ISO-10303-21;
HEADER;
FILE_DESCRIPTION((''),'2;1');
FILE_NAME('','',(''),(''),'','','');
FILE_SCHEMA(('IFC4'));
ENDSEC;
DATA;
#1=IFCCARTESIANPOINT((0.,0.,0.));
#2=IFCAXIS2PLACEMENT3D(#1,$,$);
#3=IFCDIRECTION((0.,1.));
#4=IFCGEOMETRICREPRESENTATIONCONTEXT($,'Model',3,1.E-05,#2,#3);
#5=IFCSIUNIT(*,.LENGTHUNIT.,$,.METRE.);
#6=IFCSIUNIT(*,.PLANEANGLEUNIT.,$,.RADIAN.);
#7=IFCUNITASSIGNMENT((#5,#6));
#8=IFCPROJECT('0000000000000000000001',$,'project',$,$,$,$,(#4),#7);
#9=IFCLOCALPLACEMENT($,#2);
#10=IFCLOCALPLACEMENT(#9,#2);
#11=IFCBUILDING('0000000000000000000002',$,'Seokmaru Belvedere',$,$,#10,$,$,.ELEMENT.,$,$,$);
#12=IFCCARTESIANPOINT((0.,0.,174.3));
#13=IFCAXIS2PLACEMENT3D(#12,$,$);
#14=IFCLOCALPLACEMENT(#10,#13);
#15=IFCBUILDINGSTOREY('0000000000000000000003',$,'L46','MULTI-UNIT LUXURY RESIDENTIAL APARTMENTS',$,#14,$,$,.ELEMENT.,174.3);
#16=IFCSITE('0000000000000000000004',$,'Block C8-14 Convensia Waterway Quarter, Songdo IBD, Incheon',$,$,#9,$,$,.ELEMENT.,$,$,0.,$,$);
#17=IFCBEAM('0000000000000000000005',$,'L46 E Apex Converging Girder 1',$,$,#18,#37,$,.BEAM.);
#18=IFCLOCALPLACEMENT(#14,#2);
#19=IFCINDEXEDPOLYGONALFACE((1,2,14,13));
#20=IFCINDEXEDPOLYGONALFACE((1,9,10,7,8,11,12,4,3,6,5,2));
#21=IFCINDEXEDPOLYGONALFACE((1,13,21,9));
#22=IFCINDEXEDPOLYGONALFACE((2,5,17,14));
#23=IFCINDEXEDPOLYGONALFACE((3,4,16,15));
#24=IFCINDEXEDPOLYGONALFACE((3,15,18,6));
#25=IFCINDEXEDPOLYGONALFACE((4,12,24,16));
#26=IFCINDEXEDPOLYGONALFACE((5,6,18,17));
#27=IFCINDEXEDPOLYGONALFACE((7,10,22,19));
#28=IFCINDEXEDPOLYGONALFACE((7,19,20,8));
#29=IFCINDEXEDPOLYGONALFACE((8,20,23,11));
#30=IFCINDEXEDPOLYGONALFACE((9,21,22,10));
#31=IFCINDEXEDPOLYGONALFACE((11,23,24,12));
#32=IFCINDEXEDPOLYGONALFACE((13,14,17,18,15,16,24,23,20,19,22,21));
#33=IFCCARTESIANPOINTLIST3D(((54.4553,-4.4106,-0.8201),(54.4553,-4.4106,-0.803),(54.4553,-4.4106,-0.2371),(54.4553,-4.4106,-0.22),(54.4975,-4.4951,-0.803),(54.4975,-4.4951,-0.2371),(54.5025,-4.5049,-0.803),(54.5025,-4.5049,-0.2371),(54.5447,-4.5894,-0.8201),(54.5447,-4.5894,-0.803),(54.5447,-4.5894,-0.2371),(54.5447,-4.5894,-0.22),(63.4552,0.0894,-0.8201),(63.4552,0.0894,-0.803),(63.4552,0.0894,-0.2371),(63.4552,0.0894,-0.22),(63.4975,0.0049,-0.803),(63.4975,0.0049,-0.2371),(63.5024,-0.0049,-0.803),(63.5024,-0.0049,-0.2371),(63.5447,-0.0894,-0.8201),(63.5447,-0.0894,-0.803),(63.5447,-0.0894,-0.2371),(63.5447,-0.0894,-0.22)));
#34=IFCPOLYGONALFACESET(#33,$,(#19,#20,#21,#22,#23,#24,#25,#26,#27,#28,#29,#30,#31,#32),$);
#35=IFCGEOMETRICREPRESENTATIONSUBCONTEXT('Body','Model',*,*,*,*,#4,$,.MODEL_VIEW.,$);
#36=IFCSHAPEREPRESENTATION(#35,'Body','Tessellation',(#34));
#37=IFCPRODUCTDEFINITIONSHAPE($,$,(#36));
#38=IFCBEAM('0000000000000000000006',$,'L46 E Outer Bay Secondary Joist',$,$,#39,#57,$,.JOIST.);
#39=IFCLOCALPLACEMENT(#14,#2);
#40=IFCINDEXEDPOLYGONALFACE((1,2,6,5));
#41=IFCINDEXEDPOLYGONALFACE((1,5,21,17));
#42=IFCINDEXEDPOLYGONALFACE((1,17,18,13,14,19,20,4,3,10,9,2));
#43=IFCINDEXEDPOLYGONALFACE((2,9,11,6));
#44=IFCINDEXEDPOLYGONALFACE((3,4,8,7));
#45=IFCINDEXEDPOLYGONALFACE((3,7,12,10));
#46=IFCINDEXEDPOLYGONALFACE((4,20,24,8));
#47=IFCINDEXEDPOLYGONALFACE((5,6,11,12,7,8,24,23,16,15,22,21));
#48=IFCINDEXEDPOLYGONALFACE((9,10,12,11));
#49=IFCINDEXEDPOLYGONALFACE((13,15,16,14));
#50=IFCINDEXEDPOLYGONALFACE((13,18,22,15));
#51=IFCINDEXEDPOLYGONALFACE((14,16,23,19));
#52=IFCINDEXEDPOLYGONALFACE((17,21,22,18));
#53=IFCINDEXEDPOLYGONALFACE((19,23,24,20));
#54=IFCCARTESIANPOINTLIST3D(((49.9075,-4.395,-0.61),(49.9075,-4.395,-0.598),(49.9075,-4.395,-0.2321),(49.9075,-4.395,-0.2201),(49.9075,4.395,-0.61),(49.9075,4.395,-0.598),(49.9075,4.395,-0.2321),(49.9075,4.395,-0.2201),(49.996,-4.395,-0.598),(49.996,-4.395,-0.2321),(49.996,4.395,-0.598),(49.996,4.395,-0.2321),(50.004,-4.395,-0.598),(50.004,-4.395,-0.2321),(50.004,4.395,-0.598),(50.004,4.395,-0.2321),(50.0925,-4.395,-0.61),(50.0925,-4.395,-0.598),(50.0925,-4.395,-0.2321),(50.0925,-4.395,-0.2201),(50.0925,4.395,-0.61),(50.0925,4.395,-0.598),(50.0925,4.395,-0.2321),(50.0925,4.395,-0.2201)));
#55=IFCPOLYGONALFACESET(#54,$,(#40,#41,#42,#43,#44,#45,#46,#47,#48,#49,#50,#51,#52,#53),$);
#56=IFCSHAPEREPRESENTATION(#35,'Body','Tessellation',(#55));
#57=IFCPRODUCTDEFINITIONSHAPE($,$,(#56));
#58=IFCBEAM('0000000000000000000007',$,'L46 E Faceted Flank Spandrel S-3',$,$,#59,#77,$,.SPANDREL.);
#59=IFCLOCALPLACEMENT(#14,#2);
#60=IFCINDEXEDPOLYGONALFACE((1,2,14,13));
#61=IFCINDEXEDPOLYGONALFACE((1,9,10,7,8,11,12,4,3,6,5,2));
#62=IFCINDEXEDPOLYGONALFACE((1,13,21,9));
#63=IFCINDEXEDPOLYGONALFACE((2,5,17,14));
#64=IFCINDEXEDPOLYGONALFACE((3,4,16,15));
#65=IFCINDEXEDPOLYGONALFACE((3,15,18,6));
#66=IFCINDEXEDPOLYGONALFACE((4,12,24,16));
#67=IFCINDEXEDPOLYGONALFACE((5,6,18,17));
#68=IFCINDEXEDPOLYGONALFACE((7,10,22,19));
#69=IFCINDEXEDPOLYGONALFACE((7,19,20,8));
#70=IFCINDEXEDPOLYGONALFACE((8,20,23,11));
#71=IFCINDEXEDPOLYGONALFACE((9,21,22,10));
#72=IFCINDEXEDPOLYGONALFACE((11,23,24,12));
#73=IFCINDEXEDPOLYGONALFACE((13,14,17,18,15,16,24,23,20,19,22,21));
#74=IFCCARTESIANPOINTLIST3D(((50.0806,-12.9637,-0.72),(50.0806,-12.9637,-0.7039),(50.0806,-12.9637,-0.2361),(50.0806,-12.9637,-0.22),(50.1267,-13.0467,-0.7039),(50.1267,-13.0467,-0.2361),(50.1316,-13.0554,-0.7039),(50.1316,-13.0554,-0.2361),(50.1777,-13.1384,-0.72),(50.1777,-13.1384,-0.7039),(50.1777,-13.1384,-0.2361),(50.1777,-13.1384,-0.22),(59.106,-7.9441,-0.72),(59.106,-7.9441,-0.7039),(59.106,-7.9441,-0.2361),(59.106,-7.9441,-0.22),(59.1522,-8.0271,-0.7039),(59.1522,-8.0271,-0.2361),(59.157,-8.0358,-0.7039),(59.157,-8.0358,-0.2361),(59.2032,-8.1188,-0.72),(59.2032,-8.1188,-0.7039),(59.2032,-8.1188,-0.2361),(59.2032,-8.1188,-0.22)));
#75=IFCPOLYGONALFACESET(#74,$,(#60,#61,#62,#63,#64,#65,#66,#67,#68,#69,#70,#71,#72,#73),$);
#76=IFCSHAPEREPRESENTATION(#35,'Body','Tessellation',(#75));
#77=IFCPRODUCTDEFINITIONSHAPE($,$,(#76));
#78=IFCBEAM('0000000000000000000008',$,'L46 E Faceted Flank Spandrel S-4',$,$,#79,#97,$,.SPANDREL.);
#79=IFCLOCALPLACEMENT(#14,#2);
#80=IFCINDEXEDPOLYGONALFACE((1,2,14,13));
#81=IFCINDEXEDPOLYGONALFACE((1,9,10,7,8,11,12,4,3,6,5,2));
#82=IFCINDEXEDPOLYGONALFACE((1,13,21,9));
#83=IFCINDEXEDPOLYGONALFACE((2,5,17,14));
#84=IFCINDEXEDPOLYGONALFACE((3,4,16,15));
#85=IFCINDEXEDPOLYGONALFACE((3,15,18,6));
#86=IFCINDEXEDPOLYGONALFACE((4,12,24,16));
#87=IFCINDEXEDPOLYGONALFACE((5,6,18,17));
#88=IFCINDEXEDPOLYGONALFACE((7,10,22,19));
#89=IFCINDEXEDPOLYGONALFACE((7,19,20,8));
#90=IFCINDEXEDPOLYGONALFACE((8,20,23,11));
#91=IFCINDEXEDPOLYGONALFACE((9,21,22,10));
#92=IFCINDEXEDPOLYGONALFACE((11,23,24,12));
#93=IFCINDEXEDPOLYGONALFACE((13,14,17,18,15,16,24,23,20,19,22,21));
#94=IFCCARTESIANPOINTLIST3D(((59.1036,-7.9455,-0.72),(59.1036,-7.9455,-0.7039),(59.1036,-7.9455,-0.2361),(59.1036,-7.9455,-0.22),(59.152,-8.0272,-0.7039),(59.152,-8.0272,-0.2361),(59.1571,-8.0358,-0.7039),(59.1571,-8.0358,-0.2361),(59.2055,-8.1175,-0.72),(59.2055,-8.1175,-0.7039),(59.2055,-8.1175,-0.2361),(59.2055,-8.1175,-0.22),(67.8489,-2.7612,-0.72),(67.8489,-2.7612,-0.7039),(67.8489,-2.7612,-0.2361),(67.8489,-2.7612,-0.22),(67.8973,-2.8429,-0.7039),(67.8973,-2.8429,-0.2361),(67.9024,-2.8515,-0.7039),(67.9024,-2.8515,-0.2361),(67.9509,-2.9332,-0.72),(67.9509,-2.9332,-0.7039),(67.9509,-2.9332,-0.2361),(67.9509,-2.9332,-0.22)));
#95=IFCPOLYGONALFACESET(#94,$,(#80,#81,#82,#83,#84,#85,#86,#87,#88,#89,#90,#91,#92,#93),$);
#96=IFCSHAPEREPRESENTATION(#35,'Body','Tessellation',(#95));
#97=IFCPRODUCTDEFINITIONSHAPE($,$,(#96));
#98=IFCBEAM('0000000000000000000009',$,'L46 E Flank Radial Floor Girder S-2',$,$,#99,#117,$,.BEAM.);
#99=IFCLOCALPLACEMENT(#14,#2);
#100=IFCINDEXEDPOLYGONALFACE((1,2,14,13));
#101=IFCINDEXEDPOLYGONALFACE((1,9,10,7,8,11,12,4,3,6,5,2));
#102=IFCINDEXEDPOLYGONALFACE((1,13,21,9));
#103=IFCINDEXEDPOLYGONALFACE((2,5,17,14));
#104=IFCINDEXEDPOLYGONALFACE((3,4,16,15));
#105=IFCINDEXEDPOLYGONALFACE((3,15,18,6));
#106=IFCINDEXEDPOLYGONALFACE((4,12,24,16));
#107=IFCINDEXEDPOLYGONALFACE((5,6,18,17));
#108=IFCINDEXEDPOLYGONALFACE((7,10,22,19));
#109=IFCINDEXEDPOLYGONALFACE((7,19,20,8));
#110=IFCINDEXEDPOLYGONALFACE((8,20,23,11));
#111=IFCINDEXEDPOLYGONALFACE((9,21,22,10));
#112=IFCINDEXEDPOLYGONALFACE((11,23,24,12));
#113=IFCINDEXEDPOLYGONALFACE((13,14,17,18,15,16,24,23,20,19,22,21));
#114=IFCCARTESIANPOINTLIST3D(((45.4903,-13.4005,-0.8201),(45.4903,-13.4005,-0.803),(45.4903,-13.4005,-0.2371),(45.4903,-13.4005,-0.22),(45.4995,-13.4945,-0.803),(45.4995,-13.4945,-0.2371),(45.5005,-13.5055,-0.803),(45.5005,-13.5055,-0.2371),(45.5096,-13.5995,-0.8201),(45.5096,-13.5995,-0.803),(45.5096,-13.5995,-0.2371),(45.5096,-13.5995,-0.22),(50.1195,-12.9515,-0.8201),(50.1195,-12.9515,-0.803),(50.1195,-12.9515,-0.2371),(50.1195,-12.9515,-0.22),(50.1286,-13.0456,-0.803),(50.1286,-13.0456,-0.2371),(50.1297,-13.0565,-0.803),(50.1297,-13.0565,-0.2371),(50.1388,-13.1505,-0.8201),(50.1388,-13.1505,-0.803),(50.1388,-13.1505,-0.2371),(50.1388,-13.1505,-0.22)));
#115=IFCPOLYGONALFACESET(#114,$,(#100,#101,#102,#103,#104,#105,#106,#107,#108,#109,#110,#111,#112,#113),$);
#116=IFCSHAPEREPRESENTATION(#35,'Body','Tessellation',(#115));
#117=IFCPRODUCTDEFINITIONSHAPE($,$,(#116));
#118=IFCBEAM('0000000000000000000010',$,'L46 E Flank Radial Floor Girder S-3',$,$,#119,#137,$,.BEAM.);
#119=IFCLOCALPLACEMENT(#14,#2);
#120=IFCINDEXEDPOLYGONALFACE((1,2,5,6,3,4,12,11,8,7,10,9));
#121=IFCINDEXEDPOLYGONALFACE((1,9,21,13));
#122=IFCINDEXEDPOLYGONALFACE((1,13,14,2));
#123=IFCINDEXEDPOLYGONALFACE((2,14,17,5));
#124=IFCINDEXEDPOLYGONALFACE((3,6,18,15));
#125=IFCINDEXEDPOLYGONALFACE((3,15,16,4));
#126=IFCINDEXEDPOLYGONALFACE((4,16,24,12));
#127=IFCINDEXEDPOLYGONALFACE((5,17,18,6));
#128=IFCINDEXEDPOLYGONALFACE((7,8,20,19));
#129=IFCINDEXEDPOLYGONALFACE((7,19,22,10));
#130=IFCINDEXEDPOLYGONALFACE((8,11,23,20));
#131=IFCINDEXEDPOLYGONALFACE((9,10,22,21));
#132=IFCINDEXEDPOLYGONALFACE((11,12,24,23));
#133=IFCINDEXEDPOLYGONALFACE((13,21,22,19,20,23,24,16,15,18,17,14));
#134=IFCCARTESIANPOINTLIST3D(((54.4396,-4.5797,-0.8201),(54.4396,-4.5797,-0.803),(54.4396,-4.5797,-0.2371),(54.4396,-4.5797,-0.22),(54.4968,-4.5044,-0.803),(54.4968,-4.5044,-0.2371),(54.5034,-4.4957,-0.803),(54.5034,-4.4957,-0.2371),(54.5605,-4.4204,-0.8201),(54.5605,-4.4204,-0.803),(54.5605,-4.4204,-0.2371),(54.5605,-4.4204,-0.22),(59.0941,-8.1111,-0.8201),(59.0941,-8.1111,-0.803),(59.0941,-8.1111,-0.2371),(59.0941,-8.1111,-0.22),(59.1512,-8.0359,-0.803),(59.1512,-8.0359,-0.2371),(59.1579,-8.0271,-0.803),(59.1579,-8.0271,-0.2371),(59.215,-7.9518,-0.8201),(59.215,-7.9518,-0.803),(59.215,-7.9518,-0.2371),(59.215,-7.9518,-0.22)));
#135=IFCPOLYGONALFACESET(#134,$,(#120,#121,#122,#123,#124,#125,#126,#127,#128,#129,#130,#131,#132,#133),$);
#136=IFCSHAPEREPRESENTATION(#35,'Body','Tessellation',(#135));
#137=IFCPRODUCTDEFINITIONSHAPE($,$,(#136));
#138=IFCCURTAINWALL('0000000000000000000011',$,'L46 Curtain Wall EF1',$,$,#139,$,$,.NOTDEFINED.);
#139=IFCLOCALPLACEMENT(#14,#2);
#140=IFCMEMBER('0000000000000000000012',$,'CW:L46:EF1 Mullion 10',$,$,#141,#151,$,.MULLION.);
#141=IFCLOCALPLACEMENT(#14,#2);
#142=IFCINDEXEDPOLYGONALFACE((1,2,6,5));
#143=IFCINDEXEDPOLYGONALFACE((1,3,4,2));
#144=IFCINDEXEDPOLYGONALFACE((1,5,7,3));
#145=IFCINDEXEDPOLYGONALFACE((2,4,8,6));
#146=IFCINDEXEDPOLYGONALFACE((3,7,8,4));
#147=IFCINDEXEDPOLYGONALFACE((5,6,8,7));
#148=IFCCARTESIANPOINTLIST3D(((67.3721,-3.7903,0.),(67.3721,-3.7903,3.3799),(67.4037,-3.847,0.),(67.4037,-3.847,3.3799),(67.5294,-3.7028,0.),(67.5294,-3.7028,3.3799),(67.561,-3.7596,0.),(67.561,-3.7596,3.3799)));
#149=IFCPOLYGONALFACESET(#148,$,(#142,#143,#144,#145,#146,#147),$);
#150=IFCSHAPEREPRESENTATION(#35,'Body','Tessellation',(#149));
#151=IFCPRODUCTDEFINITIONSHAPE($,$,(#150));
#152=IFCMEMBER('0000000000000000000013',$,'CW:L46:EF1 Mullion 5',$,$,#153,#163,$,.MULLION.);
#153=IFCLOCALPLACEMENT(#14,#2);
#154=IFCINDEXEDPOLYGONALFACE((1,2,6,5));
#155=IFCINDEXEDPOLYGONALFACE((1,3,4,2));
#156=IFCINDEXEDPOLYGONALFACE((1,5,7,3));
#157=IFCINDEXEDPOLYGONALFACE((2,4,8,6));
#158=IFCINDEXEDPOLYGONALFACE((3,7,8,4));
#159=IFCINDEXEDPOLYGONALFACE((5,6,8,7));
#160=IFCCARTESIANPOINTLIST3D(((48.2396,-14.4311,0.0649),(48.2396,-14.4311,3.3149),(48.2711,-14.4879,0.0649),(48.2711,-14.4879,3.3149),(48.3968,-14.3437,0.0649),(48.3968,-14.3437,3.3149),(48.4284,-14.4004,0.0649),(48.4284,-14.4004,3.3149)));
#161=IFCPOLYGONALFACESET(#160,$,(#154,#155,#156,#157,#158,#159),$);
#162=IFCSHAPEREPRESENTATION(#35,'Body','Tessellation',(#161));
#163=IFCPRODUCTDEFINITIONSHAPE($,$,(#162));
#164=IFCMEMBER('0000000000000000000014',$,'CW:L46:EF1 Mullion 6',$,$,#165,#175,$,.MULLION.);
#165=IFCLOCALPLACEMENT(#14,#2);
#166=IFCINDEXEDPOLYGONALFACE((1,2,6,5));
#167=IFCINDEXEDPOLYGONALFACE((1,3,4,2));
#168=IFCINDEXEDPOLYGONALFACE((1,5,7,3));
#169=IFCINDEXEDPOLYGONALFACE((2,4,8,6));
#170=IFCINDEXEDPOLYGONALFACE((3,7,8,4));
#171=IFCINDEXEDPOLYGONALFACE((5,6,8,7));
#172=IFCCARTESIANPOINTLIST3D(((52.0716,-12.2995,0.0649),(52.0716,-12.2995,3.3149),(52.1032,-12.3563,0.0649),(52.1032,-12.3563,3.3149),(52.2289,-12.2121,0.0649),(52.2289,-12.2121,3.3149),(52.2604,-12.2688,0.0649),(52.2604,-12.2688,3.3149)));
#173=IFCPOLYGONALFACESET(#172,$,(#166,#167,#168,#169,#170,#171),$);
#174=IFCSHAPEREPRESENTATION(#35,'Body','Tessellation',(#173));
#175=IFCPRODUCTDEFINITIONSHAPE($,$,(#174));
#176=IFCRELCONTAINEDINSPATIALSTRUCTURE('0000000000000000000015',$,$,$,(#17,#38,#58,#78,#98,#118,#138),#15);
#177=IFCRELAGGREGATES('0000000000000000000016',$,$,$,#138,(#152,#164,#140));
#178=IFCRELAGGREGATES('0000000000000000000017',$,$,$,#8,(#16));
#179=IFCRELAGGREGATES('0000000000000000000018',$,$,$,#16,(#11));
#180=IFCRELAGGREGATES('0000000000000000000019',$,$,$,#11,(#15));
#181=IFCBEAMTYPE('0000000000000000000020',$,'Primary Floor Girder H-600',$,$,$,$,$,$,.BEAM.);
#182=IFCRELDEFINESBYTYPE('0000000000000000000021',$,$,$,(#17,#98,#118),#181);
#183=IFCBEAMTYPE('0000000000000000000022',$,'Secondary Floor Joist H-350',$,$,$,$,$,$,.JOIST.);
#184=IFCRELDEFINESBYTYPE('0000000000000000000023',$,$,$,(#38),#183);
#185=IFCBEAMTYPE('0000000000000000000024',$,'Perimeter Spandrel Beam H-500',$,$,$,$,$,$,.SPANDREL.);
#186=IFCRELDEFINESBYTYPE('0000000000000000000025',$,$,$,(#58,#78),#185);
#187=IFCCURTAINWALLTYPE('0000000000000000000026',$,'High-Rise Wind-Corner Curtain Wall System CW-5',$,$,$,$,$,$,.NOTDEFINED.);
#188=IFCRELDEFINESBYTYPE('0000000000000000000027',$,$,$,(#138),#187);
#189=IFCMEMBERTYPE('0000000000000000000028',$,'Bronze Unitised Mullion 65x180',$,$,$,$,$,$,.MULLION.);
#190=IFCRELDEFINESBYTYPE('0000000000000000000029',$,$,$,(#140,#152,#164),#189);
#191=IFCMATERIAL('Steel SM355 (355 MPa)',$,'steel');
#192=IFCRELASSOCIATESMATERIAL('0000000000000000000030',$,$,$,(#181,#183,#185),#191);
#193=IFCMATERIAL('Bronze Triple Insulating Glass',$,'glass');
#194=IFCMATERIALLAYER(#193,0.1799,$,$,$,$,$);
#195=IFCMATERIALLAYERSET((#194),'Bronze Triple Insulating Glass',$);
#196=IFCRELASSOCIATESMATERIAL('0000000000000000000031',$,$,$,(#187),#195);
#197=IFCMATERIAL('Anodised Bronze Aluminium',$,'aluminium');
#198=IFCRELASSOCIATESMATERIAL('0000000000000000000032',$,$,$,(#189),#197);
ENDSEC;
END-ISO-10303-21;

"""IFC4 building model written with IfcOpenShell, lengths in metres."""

from ifc_helpers import new_model, si_unit, direction, frame, origin, origin_2d, place, context, subcontext, project, spatial, rectangle, i_section, extrude, source, transform, mapped, material, layer, layer_set, material_profile, profile_set, type_object, type_shapes, element, aggregate, save


model = new_model("IFC4")

# Units and contexts
model_context = context("Model", 3, precision=1e-05, world=origin(), true_north=direction((0.0, 1.0)))
body_context = subcontext(model_context, "Body", "Model", "MODEL_VIEW")
ifc_project = project(units=[si_unit("LENGTHUNIT", "METRE"), si_unit("PLANEANGLEUNIT", "RADIAN")], contexts=[model_context])

# Site, building, storey
site_placement = place(None, origin())
site = spatial("IfcSite", under=ifc_project, at=site_placement, Name="Block C8-14 Convensia Waterway Quarter, Songdo IBD, Incheon", CompositionType="ELEMENT", RefElevation=0.0)
building_placement = place(site_placement, origin())
building = spatial("IfcBuilding", under=site, at=building_placement, Name="Seokmaru Belvedere", CompositionType="ELEMENT")
storey_placement = place(building_placement, frame((0.0, 0.0, 174.3)))
storey = spatial("IfcBuildingStorey", under=building, at=storey_placement, Name="L46", Description="MULTI-UNIT LUXURY RESIDENTIAL APARTMENTS", CompositionType="ELEMENT", Elevation=174.3)

# Shared definitions
ifc_material_1 = material(Name="Steel SM355 (355 MPa)", Category="steel")

# Beams
ifc_material_profile_1 = material_profile(ifc_material_1, i_section(OverallWidth=0.2, OverallDepth=0.6001, WebThickness=0.011, FlangeThickness=0.0171, at=origin_2d()), Name="H-600x200x11x17")
ifc_profile_set_1 = profile_set([ifc_material_profile_1], Name="Steel SM355 (355 MPa)")
beam_type_1 = type_object("IfcBeamType", Name="Primary Floor Girder H-600", PredefinedType="BEAM", material=ifc_profile_set_1)
shared_shape_1 = source(origin(), body_context, "Body", "SweptSolid", [
    extrude(i_section(OverallWidth=0.2, OverallDepth=0.6001, WebThickness=0.011, FlangeThickness=0.0171, at=origin_2d()), origin(), (0.0, 0.0, 1.0), 10.0623),
])
beam_1_placement = place(storey_placement, frame((54.5, -4.5, -0.52), z_axis=(0.894427, 0.447214, 0.0), x_axis=(-0.447214, 0.894427, 0.0)))
element("IfcBeam", 1, at=beam_1_placement, inside=storey, type_object=beam_type_1, Name="L46 E Apex Converging Girder 1", PredefinedType="BEAM", context=body_context, shape_type="MappedRepresentation", body=[
    mapped(shared_shape_1, transform((0.0, 0.0, 0.0), scale=1.0)),
])
ifc_material_profile_2 = material_profile(ifc_material_1, i_section(OverallWidth=0.1851, OverallDepth=0.3899, WebThickness=0.0081, FlangeThickness=0.012, at=origin_2d()), Name="H-390x185x8x12")
ifc_profile_set_2 = profile_set([ifc_material_profile_2], Name="Steel SM355 (355 MPa)")
beam_type_2 = type_object("IfcBeamType", Name="Secondary Floor Joist H-350", PredefinedType="JOIST", material=ifc_profile_set_2)
shared_shape_2 = source(origin(), body_context, "Body", "SweptSolid", [
    extrude(i_section(OverallWidth=0.1851, OverallDepth=0.3899, WebThickness=0.0081, FlangeThickness=0.012, at=origin_2d()), origin(), (0.0, 0.0, 1.0), 8.79),
])
type_shapes(beam_type_2, [shared_shape_2])
beam_2_placement = place(storey_placement, frame((50.0, -4.395, -0.415), z_axis=(0.0, 1.0, 0.0), x_axis=(-1.0, 0.0, 0.0)))
element("IfcBeam", 2, at=beam_2_placement, inside=storey, type_object=beam_type_2, Name="L46 E Outer Bay Secondary Joist", PredefinedType="JOIST", context=body_context, shape_type="MappedRepresentation", body=[
    mapped(shared_shape_2, transform((0.0, 0.0, 0.0), scale=1.0)),
])
ifc_material_profile_3 = material_profile(ifc_material_1, i_section(OverallWidth=0.2, OverallDepth=0.5, WebThickness=0.01, FlangeThickness=0.0161, at=origin_2d()), Name="H-500x200x10x16")
ifc_profile_set_3 = profile_set([ifc_material_profile_3], Name="Steel SM355 (355 MPa)")
beam_type_3 = type_object("IfcBeamType", Name="Perimeter Spandrel Beam H-500", PredefinedType="SPANDREL", material=ifc_profile_set_3)
shared_shape_3 = source(origin(), body_context, "Body", "SweptSolid", [
    extrude(i_section(OverallWidth=0.2, OverallDepth=0.5, WebThickness=0.01, FlangeThickness=0.0161, at=origin_2d()), origin(), (0.0, 0.0, 1.0), 10.3274),
])
beam_3_placement = place(storey_placement, frame((50.1292, -13.051, -0.47), z_axis=(0.873934, 0.486044, 0.0), x_axis=(-0.486044, 0.873934, 0.0)))
element("IfcBeam", 3, at=beam_3_placement, inside=storey, type_object=beam_type_3, Name="L46 E Faceted Flank Spandrel S-3", PredefinedType="SPANDREL", context=body_context, shape_type="MappedRepresentation", body=[
    mapped(shared_shape_3, transform((0.0, 0.0, 0.0), scale=1.0)),
])
shared_shape_4 = source(origin(), body_context, "Body", "SweptSolid", [
    extrude(i_section(OverallWidth=0.2, OverallDepth=0.5, WebThickness=0.01, FlangeThickness=0.0161, at=origin_2d()), origin(), (0.0, 0.0, 1.0), 10.1665),
])
type_shapes(beam_type_3, [shared_shape_3, shared_shape_4])
beam_4_placement = place(storey_placement, frame((59.1545, -8.0315, -0.47), z_axis=(0.86021, 0.50994, 0.0), x_axis=(-0.50994, 0.86021, 0.0)))
element("IfcBeam", 4, at=beam_4_placement, inside=storey, type_object=beam_type_3, Name="L46 E Faceted Flank Spandrel S-4", PredefinedType="SPANDREL", context=body_context, shape_type="MappedRepresentation", body=[
    mapped(shared_shape_4, transform((0.0, 0.0, 0.0), scale=1.0)),
])
shared_shape_5 = source(origin(), body_context, "Body", "SweptSolid", [
    extrude(i_section(OverallWidth=0.2, OverallDepth=0.6001, WebThickness=0.011, FlangeThickness=0.0171, at=origin_2d()), origin(), (0.0, 0.0, 1.0), 4.6509),
])
beam_5_placement = place(storey_placement, frame((50.1292, -13.051, -0.52), z_axis=(-0.99533, -0.096536, 0.0), x_axis=(0.096536, -0.99533, 0.0)))
element("IfcBeam", 5, at=beam_5_placement, inside=storey, type_object=beam_type_1, Name="L46 E Flank Radial Floor Girder S-2", PredefinedType="BEAM", context=body_context, shape_type="MappedRepresentation", body=[
    mapped(shared_shape_5, transform((0.0, 0.0, 0.0), scale=1.0)),
])
shared_shape_6 = source(origin(), body_context, "Body", "SweptSolid", [
    extrude(i_section(OverallWidth=0.2, OverallDepth=0.6001, WebThickness=0.011, FlangeThickness=0.0171, at=origin_2d()), origin(), (0.0, 0.0, 1.0), 5.8425),
])
beam_6_placement = place(storey_placement, frame((59.1545, -8.0315, -0.52), z_axis=(-0.796653, 0.604437, 0.0), x_axis=(-0.604437, -0.796653, 0.0)))
element("IfcBeam", 6, at=beam_6_placement, inside=storey, type_object=beam_type_1, Name="L46 E Flank Radial Floor Girder S-3", PredefinedType="BEAM", context=body_context, shape_type="MappedRepresentation", body=[
    mapped(shared_shape_6, transform((0.0, 0.0, 0.0), scale=1.0)),
])

# Curtain wall, members
ifc_material_2 = material(Name="Bronze Triple Insulating Glass", Category="glass")
ifc_layer_1 = layer(ifc_material_2, 0.1799)
ifc_layer_set_1 = layer_set([ifc_layer_1], Name="Bronze Triple Insulating Glass")
curtain_wall_type = type_object("IfcCurtainWallType", Name="High-Rise Wind-Corner Curtain Wall System CW-5", PredefinedType="NOTDEFINED", material=ifc_layer_set_1)
curtain_wall_placement = place(storey_placement, origin())
curtain_wall = element("IfcCurtainWall", 7, at=curtain_wall_placement, inside=storey, type_object=curtain_wall_type, Name="L46 Curtain Wall EF1", PredefinedType="NOTDEFINED")
ifc_material_3 = material(Name="Anodised Bronze Aluminium", Category="aluminium")
ifc_material_profile_4 = material_profile(ifc_material_3, rectangle(XDim=0.0649, YDim=0.1799, at=origin_2d()), Name="CW-M-65x180")
ifc_profile_set_4 = profile_set([ifc_material_profile_4], Name="Anodised Bronze Aluminium")
member_type = type_object("IfcMemberType", Name="Bronze Unitised Mullion 65x180", PredefinedType="MULLION", material=ifc_profile_set_4)
shared_shape_7 = source(origin(), body_context, "Body", "SweptSolid", [
    extrude(rectangle(XDim=0.0649, YDim=0.1799, at=origin_2d()), origin(), (0.0, 0.0, 1.0), 3.3799),
])
member_1_placement = place(storey_placement, frame((67.4666, -3.7749, 0.0), z_axis=(0.0, 0.0, 1.0), x_axis=(-0.486047, 0.873933, 0.0)))
member_1 = element("IfcMember", 8, at=member_1_placement, type_object=member_type, Name="CW:L46:EF1 Mullion 10", PredefinedType="MULLION", context=body_context, shape_type="MappedRepresentation", body=[
    mapped(shared_shape_7, transform((0.0, 0.0, 0.0), scale=1.0)),
])
shared_shape_8 = source(origin(), body_context, "Body", "SweptSolid", [
    extrude(rectangle(XDim=0.0649, YDim=0.1799, at=origin_2d()), origin(), (0.0, 0.0, 1.0), 3.25),
])
type_shapes(member_type, [shared_shape_7, shared_shape_8])
member_2_placement = place(storey_placement, frame((48.334, -14.4158, 0.0649), z_axis=(0.0, 0.0, 1.0), x_axis=(-0.486047, 0.873933, 0.0)))
member_2 = element("IfcMember", 9, at=member_2_placement, type_object=member_type, Name="CW:L46:EF1 Mullion 5", PredefinedType="MULLION", context=body_context, shape_type="MappedRepresentation", body=[
    mapped(shared_shape_8, transform((0.0, 0.0, 0.0), scale=1.0)),
])
member_3_placement = place(storey_placement, frame((52.166, -12.2842, 0.0649), z_axis=(0.0, 0.0, 1.0), x_axis=(-0.486047, 0.873933, 0.0)))
member_3 = element("IfcMember", 10, at=member_3_placement, type_object=member_type, Name="CW:L46:EF1 Mullion 6", PredefinedType="MULLION", context=body_context, shape_type="MappedRepresentation", body=[
    mapped(shared_shape_8, transform((0.0, 0.0, 0.0), scale=1.0)),
])
aggregate(curtain_wall, [member_2, member_3, member_1])

save(model, "model.ifc")
